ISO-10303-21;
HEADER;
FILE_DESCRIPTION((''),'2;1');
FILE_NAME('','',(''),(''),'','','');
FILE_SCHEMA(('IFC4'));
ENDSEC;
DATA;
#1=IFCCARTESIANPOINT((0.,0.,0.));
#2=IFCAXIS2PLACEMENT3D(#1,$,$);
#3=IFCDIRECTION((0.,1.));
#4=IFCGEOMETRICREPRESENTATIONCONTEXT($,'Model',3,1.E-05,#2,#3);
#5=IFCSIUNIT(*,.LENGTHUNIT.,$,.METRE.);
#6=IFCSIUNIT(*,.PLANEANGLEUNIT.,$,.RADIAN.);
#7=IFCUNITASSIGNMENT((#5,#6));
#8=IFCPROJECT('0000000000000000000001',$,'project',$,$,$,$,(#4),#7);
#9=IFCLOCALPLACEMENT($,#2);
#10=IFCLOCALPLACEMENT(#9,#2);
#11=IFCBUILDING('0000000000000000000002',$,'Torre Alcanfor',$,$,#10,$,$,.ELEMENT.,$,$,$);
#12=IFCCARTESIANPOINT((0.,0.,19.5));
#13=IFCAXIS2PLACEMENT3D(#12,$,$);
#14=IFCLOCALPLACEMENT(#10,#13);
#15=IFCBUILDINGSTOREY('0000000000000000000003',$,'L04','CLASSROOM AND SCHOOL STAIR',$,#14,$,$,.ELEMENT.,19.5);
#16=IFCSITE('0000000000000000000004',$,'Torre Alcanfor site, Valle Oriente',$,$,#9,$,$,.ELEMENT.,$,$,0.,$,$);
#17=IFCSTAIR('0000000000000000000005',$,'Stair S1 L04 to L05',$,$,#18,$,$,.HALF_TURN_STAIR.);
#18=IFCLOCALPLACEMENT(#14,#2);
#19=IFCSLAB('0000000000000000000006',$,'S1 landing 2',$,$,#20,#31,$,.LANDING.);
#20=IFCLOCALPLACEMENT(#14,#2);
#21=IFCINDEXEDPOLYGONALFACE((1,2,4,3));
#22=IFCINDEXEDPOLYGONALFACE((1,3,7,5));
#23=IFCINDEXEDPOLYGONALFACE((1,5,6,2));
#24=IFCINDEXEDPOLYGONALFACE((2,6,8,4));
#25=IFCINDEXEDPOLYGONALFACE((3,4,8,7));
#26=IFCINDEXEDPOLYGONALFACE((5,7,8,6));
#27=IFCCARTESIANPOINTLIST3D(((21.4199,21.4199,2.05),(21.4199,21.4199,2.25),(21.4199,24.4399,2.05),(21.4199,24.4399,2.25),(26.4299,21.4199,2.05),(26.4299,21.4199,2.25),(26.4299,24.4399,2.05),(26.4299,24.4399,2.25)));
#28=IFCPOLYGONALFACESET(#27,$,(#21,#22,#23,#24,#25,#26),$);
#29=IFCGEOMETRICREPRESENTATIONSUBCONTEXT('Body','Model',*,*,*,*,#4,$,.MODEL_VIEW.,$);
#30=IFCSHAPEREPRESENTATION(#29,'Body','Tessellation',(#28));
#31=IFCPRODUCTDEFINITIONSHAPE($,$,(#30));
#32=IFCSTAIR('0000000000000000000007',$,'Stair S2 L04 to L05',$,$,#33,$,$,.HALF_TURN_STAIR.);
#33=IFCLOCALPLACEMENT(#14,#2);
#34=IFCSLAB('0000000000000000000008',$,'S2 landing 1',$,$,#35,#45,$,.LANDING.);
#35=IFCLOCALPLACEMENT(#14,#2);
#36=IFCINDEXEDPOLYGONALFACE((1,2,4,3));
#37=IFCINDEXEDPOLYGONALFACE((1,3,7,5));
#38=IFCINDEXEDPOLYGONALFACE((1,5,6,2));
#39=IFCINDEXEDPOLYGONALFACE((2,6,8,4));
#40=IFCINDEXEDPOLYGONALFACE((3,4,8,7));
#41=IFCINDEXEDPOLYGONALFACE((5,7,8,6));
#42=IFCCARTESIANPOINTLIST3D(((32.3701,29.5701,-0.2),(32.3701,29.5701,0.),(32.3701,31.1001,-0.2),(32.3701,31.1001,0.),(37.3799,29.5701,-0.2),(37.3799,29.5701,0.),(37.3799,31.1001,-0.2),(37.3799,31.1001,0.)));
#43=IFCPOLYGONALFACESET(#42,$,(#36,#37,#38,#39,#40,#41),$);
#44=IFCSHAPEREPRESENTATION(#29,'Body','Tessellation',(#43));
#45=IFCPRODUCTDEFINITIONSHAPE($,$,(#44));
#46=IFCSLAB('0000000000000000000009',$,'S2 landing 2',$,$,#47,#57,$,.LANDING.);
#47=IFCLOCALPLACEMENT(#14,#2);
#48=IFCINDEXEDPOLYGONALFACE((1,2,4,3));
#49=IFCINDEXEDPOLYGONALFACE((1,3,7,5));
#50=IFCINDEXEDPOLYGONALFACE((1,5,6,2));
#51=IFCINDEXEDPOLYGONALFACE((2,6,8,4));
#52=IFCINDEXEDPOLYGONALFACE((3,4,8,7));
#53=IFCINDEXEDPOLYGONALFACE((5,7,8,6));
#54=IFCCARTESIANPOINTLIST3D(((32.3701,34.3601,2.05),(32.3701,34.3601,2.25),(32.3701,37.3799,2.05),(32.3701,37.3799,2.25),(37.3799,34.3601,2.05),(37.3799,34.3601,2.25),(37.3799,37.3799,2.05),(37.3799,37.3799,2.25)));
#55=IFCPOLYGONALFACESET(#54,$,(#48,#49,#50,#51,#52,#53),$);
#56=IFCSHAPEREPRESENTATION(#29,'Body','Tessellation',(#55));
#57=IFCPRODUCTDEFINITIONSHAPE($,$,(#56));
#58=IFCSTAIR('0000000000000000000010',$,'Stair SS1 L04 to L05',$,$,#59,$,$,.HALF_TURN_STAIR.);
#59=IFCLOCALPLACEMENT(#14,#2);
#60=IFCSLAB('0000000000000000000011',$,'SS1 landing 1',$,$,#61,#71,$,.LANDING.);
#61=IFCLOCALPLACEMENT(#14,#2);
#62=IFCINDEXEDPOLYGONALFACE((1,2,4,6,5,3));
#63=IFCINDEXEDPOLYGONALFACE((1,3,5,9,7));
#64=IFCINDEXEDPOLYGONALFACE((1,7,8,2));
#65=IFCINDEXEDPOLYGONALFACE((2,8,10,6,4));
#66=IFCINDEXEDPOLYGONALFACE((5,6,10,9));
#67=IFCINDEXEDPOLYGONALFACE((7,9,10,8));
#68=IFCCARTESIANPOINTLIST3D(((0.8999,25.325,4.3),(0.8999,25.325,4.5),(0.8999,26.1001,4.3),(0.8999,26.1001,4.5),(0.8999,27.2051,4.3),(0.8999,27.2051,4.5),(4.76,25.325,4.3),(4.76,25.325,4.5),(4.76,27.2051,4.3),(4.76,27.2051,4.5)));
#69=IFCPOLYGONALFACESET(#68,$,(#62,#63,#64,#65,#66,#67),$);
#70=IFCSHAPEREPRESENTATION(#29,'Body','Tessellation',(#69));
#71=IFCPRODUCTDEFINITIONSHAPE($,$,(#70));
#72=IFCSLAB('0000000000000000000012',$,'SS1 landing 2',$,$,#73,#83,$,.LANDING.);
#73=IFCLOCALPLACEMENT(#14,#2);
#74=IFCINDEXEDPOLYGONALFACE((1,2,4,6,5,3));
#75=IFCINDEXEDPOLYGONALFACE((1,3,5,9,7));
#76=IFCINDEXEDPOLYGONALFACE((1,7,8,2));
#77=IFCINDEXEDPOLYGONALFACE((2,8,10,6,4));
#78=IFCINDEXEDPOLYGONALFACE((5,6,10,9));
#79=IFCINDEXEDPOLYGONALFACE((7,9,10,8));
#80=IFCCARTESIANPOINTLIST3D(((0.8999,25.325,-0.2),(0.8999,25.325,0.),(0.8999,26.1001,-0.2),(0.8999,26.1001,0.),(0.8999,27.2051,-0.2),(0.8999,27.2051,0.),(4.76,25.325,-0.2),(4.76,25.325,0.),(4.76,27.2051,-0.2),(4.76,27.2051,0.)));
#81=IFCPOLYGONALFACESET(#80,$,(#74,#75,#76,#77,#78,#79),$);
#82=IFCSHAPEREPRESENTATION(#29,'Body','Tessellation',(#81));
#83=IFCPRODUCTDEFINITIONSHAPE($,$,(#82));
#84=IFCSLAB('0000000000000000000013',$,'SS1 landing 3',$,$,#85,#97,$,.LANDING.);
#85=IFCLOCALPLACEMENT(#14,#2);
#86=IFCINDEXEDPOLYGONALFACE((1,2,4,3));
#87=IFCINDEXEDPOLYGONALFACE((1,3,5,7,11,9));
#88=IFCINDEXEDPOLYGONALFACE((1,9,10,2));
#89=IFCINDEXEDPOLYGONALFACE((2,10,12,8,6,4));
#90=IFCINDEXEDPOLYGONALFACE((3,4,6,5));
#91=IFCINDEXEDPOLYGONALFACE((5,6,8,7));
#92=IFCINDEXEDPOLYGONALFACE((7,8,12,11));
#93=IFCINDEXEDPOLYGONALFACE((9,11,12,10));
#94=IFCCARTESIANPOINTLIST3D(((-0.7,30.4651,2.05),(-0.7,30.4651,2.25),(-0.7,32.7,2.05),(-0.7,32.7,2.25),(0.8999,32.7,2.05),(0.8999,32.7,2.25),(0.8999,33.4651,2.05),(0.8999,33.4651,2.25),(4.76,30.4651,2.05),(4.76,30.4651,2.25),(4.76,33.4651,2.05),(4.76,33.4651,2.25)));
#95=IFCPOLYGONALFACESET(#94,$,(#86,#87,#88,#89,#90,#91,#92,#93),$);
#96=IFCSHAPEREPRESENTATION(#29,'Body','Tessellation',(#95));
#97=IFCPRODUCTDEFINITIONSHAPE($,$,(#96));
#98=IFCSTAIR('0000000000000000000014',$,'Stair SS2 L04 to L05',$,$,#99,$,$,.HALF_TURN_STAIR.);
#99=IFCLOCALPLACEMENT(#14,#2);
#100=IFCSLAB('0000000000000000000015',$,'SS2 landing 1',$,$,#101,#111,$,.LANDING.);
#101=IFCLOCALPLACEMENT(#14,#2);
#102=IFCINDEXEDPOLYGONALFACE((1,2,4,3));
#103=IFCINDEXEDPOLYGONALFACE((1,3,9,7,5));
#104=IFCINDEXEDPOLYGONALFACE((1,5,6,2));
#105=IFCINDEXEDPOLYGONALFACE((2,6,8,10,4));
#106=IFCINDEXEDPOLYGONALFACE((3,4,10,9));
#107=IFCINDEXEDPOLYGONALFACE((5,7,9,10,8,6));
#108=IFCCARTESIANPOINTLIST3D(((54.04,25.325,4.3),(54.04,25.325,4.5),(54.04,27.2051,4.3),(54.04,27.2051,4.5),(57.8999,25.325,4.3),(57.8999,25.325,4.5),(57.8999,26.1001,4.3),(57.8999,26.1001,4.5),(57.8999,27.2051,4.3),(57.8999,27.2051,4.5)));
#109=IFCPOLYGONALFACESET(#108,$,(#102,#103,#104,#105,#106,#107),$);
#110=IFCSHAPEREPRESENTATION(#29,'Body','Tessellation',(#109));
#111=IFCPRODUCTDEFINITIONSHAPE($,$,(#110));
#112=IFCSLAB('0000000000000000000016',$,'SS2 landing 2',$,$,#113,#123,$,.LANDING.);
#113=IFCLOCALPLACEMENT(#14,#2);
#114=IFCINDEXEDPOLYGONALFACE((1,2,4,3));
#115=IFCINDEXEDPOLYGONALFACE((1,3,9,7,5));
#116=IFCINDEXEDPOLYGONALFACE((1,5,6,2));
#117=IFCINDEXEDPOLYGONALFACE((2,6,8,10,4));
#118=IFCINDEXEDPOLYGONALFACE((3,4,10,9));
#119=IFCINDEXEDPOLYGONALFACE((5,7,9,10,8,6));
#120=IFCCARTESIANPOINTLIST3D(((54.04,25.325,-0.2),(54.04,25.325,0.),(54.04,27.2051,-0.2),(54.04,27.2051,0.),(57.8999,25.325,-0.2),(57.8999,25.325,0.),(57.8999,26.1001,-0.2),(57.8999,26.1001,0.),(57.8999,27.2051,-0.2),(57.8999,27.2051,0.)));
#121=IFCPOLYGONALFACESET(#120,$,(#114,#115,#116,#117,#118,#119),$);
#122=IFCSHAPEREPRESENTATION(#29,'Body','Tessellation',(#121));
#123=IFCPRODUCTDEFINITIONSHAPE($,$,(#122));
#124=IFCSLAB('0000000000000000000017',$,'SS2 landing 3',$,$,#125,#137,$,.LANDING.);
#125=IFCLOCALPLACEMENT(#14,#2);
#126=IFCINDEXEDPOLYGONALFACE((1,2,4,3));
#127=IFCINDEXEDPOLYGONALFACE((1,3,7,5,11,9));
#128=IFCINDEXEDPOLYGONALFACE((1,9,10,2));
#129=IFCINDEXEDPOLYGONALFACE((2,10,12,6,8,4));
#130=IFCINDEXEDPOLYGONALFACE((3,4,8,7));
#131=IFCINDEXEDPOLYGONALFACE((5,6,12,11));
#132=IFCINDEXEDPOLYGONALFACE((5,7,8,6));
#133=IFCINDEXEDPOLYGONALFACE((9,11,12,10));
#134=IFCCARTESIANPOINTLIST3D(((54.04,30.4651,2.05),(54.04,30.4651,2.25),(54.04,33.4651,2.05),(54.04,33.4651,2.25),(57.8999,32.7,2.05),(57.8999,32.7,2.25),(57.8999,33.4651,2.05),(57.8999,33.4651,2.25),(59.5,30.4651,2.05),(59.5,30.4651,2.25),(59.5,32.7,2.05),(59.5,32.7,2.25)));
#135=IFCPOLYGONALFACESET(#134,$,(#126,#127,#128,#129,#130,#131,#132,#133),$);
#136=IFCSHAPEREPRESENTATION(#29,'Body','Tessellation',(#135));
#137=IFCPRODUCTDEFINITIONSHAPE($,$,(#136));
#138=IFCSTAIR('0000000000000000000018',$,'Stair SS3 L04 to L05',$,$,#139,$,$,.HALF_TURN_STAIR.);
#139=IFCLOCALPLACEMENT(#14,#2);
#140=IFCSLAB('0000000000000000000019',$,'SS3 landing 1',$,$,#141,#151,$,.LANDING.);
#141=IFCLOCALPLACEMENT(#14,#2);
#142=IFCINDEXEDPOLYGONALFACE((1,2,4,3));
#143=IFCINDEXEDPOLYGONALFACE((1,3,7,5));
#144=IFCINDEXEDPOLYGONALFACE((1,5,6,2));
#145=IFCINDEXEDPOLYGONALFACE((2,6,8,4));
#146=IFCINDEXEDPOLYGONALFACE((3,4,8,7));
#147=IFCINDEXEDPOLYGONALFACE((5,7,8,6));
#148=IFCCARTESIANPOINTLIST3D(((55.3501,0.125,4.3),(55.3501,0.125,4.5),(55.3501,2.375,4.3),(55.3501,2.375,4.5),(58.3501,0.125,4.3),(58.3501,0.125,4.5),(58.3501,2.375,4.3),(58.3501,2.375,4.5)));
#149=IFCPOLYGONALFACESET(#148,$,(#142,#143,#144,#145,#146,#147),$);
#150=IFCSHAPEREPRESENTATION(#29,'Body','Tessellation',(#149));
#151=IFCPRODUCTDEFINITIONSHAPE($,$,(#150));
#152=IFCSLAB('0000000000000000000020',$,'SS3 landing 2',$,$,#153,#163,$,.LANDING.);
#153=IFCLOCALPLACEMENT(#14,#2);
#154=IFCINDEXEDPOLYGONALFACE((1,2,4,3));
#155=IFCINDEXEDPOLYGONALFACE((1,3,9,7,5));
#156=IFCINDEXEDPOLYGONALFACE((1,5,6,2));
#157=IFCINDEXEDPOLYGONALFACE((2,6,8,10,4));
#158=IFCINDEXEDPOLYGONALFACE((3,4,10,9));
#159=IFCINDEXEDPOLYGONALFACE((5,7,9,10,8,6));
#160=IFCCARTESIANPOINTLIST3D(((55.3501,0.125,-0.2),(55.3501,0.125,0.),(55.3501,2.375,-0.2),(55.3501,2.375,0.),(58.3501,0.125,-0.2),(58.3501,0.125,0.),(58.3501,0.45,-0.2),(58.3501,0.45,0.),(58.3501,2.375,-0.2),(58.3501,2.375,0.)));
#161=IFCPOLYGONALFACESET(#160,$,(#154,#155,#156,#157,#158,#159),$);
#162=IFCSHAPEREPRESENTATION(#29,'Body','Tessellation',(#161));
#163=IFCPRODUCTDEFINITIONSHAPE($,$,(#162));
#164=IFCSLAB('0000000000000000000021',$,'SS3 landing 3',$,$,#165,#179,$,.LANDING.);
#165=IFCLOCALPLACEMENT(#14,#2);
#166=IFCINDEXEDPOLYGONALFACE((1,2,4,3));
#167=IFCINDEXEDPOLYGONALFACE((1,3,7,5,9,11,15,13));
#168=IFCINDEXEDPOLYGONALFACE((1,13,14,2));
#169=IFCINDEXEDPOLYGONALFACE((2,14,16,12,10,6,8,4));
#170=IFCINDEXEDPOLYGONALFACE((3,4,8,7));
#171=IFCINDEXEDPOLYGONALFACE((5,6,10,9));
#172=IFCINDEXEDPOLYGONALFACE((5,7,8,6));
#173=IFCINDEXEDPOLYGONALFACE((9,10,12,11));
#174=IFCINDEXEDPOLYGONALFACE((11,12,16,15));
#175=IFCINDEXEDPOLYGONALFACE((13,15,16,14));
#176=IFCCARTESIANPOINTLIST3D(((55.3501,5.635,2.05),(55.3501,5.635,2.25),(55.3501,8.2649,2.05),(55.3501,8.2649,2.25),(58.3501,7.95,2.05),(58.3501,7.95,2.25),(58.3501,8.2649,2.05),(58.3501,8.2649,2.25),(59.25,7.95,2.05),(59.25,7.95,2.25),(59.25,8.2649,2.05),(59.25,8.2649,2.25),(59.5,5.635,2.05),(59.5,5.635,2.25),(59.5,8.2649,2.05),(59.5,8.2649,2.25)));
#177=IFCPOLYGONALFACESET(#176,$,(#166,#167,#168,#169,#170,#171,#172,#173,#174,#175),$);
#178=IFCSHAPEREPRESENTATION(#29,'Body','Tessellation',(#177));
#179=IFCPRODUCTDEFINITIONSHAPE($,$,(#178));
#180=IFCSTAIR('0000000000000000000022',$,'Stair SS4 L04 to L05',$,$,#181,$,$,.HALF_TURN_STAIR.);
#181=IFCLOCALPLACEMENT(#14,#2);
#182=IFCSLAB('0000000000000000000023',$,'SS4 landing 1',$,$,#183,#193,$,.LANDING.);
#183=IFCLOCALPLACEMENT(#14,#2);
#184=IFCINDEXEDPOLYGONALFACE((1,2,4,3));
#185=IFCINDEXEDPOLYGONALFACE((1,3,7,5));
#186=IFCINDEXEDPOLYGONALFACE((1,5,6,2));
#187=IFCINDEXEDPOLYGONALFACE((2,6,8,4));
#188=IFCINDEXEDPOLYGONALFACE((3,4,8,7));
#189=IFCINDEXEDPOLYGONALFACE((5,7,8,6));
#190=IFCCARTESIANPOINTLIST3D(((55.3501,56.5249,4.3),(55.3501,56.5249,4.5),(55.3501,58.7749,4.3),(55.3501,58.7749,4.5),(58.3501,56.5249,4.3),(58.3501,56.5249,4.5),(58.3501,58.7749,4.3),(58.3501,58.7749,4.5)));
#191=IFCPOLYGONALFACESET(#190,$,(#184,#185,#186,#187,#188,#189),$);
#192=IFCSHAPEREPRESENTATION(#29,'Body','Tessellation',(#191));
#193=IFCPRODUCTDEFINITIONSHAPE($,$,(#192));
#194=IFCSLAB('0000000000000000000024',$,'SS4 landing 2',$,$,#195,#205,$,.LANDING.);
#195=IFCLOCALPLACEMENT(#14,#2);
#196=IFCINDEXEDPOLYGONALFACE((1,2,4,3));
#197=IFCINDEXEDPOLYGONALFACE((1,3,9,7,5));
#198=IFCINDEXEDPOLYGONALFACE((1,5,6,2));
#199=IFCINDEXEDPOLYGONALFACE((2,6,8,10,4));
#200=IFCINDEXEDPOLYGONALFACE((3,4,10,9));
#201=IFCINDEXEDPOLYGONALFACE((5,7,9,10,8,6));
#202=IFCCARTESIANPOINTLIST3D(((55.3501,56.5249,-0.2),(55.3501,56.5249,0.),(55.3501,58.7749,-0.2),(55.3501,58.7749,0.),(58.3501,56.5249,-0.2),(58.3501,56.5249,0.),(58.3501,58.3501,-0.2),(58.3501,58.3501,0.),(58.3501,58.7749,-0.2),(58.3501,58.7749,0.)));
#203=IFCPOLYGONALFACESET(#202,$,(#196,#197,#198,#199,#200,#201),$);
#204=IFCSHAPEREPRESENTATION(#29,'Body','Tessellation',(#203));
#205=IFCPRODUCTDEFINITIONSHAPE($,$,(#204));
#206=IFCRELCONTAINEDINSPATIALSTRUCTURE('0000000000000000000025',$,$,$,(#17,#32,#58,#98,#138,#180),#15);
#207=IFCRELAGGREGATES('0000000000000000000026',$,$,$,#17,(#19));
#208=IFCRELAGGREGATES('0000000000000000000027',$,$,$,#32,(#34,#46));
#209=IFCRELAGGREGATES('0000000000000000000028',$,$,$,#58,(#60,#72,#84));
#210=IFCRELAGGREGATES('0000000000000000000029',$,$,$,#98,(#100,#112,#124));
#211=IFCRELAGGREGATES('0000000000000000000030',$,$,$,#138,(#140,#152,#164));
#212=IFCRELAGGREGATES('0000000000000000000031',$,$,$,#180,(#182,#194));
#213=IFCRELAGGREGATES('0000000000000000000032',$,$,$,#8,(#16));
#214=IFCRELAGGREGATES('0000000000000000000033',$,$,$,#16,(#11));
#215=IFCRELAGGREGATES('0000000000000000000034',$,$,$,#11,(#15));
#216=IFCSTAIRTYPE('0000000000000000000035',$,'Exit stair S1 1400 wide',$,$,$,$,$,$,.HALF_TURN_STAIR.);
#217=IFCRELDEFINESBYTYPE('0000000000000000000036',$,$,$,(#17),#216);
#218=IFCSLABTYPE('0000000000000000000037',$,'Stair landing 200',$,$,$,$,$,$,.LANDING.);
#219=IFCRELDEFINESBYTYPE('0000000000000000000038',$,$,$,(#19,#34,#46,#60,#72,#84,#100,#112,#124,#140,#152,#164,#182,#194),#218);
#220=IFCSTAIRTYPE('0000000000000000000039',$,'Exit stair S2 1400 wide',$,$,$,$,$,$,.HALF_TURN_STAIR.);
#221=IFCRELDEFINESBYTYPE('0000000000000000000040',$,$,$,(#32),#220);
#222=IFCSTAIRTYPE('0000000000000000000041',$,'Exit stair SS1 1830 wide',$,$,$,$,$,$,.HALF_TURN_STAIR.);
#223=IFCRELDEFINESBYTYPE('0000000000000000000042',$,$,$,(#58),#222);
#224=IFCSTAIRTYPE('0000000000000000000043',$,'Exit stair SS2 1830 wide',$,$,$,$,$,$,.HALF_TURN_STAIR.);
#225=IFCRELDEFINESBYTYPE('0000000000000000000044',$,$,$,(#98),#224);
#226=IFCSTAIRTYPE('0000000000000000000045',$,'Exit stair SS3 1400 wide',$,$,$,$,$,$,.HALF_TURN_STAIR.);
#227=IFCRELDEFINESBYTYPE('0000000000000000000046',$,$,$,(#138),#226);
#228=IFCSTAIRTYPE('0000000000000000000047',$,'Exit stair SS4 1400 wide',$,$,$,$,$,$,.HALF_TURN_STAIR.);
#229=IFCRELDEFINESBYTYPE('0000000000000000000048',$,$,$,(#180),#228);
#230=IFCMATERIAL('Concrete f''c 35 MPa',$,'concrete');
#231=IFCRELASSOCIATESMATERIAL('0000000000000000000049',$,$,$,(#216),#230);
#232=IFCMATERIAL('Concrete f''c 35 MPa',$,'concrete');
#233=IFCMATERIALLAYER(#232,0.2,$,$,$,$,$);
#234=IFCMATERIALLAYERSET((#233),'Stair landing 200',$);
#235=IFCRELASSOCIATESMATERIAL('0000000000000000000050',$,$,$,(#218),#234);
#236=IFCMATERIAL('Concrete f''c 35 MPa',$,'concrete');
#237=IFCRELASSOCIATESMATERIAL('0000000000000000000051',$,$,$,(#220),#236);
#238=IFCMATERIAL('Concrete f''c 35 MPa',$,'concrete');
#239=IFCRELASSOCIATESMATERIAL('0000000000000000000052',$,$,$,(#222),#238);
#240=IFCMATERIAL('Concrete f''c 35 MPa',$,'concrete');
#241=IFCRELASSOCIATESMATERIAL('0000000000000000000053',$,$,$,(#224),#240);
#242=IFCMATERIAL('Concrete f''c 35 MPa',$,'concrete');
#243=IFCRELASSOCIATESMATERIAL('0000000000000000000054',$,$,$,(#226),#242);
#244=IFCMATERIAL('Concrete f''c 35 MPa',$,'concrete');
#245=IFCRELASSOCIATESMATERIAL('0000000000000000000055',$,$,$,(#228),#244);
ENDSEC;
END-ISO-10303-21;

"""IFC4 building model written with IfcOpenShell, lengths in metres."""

from ifc_helpers import new_model, si_unit, direction, frame, origin, place, context, subcontext, project, spatial, polyline, outline, extrude, material, layer, layer_set, type_object, element, aggregate, save


model = new_model("IFC4")

# Units and contexts
model_context = context("Model", 3, precision=1e-05, world=origin(), true_north=direction((0.0, 1.0)))
body_context = subcontext(model_context, "Body", "Model", "MODEL_VIEW")
ifc_project = project(units=[si_unit("LENGTHUNIT", "METRE"), si_unit("PLANEANGLEUNIT", "RADIAN")], contexts=[model_context])

# Site, building, storey
site_placement = place(None, origin())
site = spatial("IfcSite", under=ifc_project, at=site_placement, Name="Torre Alcanfor site, Valle Oriente", CompositionType="ELEMENT", RefElevation=0.0)
building_placement = place(site_placement, origin())
building = spatial("IfcBuilding", under=site, at=building_placement, Name="Torre Alcanfor", CompositionType="ELEMENT")
storey_placement = place(building_placement, frame((0.0, 0.0, 19.5)))
storey = spatial("IfcBuildingStorey", under=building, at=storey_placement, Name="L04", Description="CLASSROOM AND SCHOOL STAIR", CompositionType="ELEMENT", Elevation=19.5)

# Stairs, slabs
ifc_material_1 = material(Name="Concrete f'c 35 MPa", Category="concrete")
stair_type_1 = type_object("IfcStairType", Name="Exit stair S1 1400 wide", PredefinedType="HALF_TURN_STAIR", material=ifc_material_1)
stair_1_placement = place(storey_placement, origin())
stair_1 = element("IfcStair", 1, at=stair_1_placement, inside=storey, type_object=stair_type_1, Name="Stair S1 L04 to L05", PredefinedType="HALF_TURN_STAIR")
ifc_material_2 = material(Name="Concrete f'c 35 MPa", Category="concrete")
ifc_layer_1 = layer(ifc_material_2, 0.2)
ifc_layer_set_1 = layer_set([ifc_layer_1], Name="Stair landing 200")
slab_type_1 = type_object("IfcSlabType", Name="Stair landing 200", PredefinedType="LANDING", material=ifc_layer_set_1)
slab_1_placement = place(storey_placement, frame((0.0, 0.0, 2.05)))
slab_1 = element("IfcSlab", 2, at=slab_1_placement, type_object=slab_type_1, Name="S1 landing 2", PredefinedType="LANDING", context=body_context, shape_type="SweptSolid", body=[
    extrude(outline(polyline([(21.4199, 21.4199), (26.4299, 21.4199), (26.4299, 24.4399), (21.4199, 24.4399), (21.4199, 21.4199)])), origin(), (0.0, 0.0, 1.0), 0.2),
])
aggregate(stair_1, [slab_1])
ifc_material_3 = material(Name="Concrete f'c 35 MPa", Category="concrete")
stair_type_2 = type_object("IfcStairType", Name="Exit stair S2 1400 wide", PredefinedType="HALF_TURN_STAIR", material=ifc_material_3)
stair_2_placement = place(storey_placement, origin())
stair_2 = element("IfcStair", 3, at=stair_2_placement, inside=storey, type_object=stair_type_2, Name="Stair S2 L04 to L05", PredefinedType="HALF_TURN_STAIR")
slab_2_placement = place(storey_placement, frame((0.0, 0.0, -0.2)))
slab_2 = element("IfcSlab", 4, at=slab_2_placement, type_object=slab_type_1, Name="S2 landing 1", PredefinedType="LANDING", context=body_context, shape_type="SweptSolid", body=[
    extrude(outline(polyline([(32.3701, 29.5701), (37.3799, 29.5701), (37.3799, 31.1001), (32.3701, 31.1001), (32.3701, 29.5701)])), origin(), (0.0, 0.0, 1.0), 0.2),
])
slab_3_placement = place(storey_placement, frame((0.0, 0.0, 2.05)))
slab_3 = element("IfcSlab", 5, at=slab_3_placement, type_object=slab_type_1, Name="S2 landing 2", PredefinedType="LANDING", context=body_context, shape_type="SweptSolid", body=[
    extrude(outline(polyline([(32.3701, 34.3601), (37.3799, 34.3601), (37.3799, 37.3799), (32.3701, 37.3799), (32.3701, 34.3601)])), origin(), (0.0, 0.0, 1.0), 0.2),
])
aggregate(stair_2, [slab_2, slab_3])
ifc_material_4 = material(Name="Concrete f'c 35 MPa", Category="concrete")
stair_type_3 = type_object("IfcStairType", Name="Exit stair SS1 1830 wide", PredefinedType="HALF_TURN_STAIR", material=ifc_material_4)
stair_3_placement = place(storey_placement, origin())
stair_3 = element("IfcStair", 6, at=stair_3_placement, inside=storey, type_object=stair_type_3, Name="Stair SS1 L04 to L05", PredefinedType="HALF_TURN_STAIR")
slab_4_placement = place(storey_placement, frame((0.0, 0.0, 4.3)))
slab_4 = element("IfcSlab", 7, at=slab_4_placement, type_object=slab_type_1, Name="SS1 landing 1", PredefinedType="LANDING", context=body_context, shape_type="SweptSolid", body=[
    extrude(outline(polyline([(4.76, 27.2051), (4.76, 25.325), (0.8999, 25.325), (0.8999, 26.1001), (0.8999, 27.2051), (4.76, 27.2051)])), origin(), (0.0, 0.0, 1.0), 0.2),
])
slab_5_placement = place(storey_placement, frame((0.0, 0.0, -0.2)))
slab_5 = element("IfcSlab", 8, at=slab_5_placement, type_object=slab_type_1, Name="SS1 landing 2", PredefinedType="LANDING", context=body_context, shape_type="SweptSolid", body=[
    extrude(outline(polyline([(4.76, 27.2051), (4.76, 25.325), (0.8999, 25.325), (0.8999, 26.1001), (0.8999, 27.2051), (4.76, 27.2051)])), origin(), (0.0, 0.0, 1.0), 0.2),
])
slab_6_placement = place(storey_placement, frame((0.0, 0.0, 2.05)))
slab_6 = element("IfcSlab", 9, at=slab_6_placement, type_object=slab_type_1, Name="SS1 landing 3", PredefinedType="LANDING", context=body_context, shape_type="SweptSolid", body=[
    extrude(outline(polyline([(4.76, 33.4651), (4.76, 30.4651), (-0.7, 30.4651), (-0.7, 32.7), (0.8999, 32.7), (0.8999, 33.4651), (4.76, 33.4651)])), origin(), (0.0, 0.0, 1.0), 0.2),
])
aggregate(stair_3, [slab_4, slab_5, slab_6])
ifc_material_5 = material(Name="Concrete f'c 35 MPa", Category="concrete")
stair_type_4 = type_object("IfcStairType", Name="Exit stair SS2 1830 wide", PredefinedType="HALF_TURN_STAIR", material=ifc_material_5)
stair_4_placement = place(storey_placement, origin())
stair_4 = element("IfcStair", 10, at=stair_4_placement, inside=storey, type_object=stair_type_4, Name="Stair SS2 L04 to L05", PredefinedType="HALF_TURN_STAIR")
slab_7_placement = place(storey_placement, frame((0.0, 0.0, 4.3)))
slab_7 = element("IfcSlab", 11, at=slab_7_placement, type_object=slab_type_1, Name="SS2 landing 1", PredefinedType="LANDING", context=body_context, shape_type="SweptSolid", body=[
    extrude(outline(polyline([(54.04, 25.325), (54.04, 27.2051), (57.8999, 27.2051), (57.8999, 26.1001), (57.8999, 25.325), (54.04, 25.325)])), origin(), (0.0, 0.0, 1.0), 0.2),
])
slab_8_placement = place(storey_placement, frame((0.0, 0.0, -0.2)))
slab_8 = element("IfcSlab", 12, at=slab_8_placement, type_object=slab_type_1, Name="SS2 landing 2", PredefinedType="LANDING", context=body_context, shape_type="SweptSolid", body=[
    extrude(outline(polyline([(54.04, 25.325), (54.04, 27.2051), (57.8999, 27.2051), (57.8999, 26.1001), (57.8999, 25.325), (54.04, 25.325)])), origin(), (0.0, 0.0, 1.0), 0.2),
])
slab_9_placement = place(storey_placement, frame((0.0, 0.0, 2.05)))
slab_9 = element("IfcSlab", 13, at=slab_9_placement, type_object=slab_type_1, Name="SS2 landing 3", PredefinedType="LANDING", context=body_context, shape_type="SweptSolid", body=[
    extrude(outline(polyline([(59.5, 30.4651), (54.04, 30.4651), (54.04, 33.4651), (57.8999, 33.4651), (57.8999, 32.7), (59.5, 32.7), (59.5, 30.4651)])), origin(), (0.0, 0.0, 1.0), 0.2),
])
aggregate(stair_4, [slab_7, slab_8, slab_9])
ifc_material_6 = material(Name="Concrete f'c 35 MPa", Category="concrete")
stair_type_5 = type_object("IfcStairType", Name="Exit stair SS3 1400 wide", PredefinedType="HALF_TURN_STAIR", material=ifc_material_6)
stair_5_placement = place(storey_placement, origin())
stair_5 = element("IfcStair", 14, at=stair_5_placement, inside=storey, type_object=stair_type_5, Name="Stair SS3 L04 to L05", PredefinedType="HALF_TURN_STAIR")
slab_10_placement = place(storey_placement, frame((0.0, 0.0, 4.3)))
slab_10 = element("IfcSlab", 15, at=slab_10_placement, type_object=slab_type_1, Name="SS3 landing 1", PredefinedType="LANDING", context=body_context, shape_type="SweptSolid", body=[
    extrude(outline(polyline([(58.3501, 0.125), (58.3501, 2.375), (55.3501, 2.375), (55.3501, 0.125), (58.3501, 0.125)])), origin(), (0.0, 0.0, 1.0), 0.2),
])
slab_11_placement = place(storey_placement, frame((0.0, 0.0, -0.2)))
slab_11 = element("IfcSlab", 16, at=slab_11_placement, type_object=slab_type_1, Name="SS3 landing 2", PredefinedType="LANDING", context=body_context, shape_type="SweptSolid", body=[
    extrude(outline(polyline([(55.3501, 2.375), (58.3501, 2.375), (58.3501, 0.45), (58.3501, 0.45), (58.3501, 0.125), (55.3501, 0.125), (55.3501, 2.375)])), origin(), (0.0, 0.0, 1.0), 0.2),
])
slab_12_placement = place(storey_placement, frame((0.0, 0.0, 2.05)))
slab_12 = element("IfcSlab", 17, at=slab_12_placement, type_object=slab_type_1, Name="SS3 landing 3", PredefinedType="LANDING", context=body_context, shape_type="SweptSolid", body=[
    extrude(outline(polyline([(59.5, 8.2649), (59.5, 5.635), (55.3501, 5.635), (55.3501, 8.2649), (58.3501, 8.2649), (58.3501, 7.95), (59.25, 7.95), (59.25, 8.2649), (59.5, 8.2649)])), origin(), (0.0, 0.0, 1.0), 0.2),
])
aggregate(stair_5, [slab_10, slab_11, slab_12])
ifc_material_7 = material(Name="Concrete f'c 35 MPa", Category="concrete")
stair_type_6 = type_object("IfcStairType", Name="Exit stair SS4 1400 wide", PredefinedType="HALF_TURN_STAIR", material=ifc_material_7)
stair_6_placement = place(storey_placement, origin())
stair_6 = element("IfcStair", 18, at=stair_6_placement, inside=storey, type_object=stair_type_6, Name="Stair SS4 L04 to L05", PredefinedType="HALF_TURN_STAIR")
slab_13_placement = place(storey_placement, frame((0.0, 0.0, 4.3)))
slab_13 = element("IfcSlab", 19, at=slab_13_placement, type_object=slab_type_1, Name="SS4 landing 1", PredefinedType="LANDING", context=body_context, shape_type="SweptSolid", body=[
    extrude(outline(polyline([(58.3501, 56.5249), (58.3501, 58.7749), (55.3501, 58.7749), (55.3501, 56.5249), (58.3501, 56.5249)])), origin(), (0.0, 0.0, 1.0), 0.2),
])
slab_14_placement = place(storey_placement, frame((0.0, 0.0, -0.2)))
slab_14 = element("IfcSlab", 20, at=slab_14_placement, type_object=slab_type_1, Name="SS4 landing 2", PredefinedType="LANDING", context=body_context, shape_type="SweptSolid", body=[
    extrude(outline(polyline([(55.3501, 58.7749), (58.3501, 58.7749), (58.3501, 58.3501), (58.3501, 58.3501), (58.3501, 56.5249), (55.3501, 56.5249), (55.3501, 58.7749)])), origin(), (0.0, 0.0, 1.0), 0.2),
])
aggregate(stair_6, [slab_13, slab_14])

save(model, "model.ifc")
